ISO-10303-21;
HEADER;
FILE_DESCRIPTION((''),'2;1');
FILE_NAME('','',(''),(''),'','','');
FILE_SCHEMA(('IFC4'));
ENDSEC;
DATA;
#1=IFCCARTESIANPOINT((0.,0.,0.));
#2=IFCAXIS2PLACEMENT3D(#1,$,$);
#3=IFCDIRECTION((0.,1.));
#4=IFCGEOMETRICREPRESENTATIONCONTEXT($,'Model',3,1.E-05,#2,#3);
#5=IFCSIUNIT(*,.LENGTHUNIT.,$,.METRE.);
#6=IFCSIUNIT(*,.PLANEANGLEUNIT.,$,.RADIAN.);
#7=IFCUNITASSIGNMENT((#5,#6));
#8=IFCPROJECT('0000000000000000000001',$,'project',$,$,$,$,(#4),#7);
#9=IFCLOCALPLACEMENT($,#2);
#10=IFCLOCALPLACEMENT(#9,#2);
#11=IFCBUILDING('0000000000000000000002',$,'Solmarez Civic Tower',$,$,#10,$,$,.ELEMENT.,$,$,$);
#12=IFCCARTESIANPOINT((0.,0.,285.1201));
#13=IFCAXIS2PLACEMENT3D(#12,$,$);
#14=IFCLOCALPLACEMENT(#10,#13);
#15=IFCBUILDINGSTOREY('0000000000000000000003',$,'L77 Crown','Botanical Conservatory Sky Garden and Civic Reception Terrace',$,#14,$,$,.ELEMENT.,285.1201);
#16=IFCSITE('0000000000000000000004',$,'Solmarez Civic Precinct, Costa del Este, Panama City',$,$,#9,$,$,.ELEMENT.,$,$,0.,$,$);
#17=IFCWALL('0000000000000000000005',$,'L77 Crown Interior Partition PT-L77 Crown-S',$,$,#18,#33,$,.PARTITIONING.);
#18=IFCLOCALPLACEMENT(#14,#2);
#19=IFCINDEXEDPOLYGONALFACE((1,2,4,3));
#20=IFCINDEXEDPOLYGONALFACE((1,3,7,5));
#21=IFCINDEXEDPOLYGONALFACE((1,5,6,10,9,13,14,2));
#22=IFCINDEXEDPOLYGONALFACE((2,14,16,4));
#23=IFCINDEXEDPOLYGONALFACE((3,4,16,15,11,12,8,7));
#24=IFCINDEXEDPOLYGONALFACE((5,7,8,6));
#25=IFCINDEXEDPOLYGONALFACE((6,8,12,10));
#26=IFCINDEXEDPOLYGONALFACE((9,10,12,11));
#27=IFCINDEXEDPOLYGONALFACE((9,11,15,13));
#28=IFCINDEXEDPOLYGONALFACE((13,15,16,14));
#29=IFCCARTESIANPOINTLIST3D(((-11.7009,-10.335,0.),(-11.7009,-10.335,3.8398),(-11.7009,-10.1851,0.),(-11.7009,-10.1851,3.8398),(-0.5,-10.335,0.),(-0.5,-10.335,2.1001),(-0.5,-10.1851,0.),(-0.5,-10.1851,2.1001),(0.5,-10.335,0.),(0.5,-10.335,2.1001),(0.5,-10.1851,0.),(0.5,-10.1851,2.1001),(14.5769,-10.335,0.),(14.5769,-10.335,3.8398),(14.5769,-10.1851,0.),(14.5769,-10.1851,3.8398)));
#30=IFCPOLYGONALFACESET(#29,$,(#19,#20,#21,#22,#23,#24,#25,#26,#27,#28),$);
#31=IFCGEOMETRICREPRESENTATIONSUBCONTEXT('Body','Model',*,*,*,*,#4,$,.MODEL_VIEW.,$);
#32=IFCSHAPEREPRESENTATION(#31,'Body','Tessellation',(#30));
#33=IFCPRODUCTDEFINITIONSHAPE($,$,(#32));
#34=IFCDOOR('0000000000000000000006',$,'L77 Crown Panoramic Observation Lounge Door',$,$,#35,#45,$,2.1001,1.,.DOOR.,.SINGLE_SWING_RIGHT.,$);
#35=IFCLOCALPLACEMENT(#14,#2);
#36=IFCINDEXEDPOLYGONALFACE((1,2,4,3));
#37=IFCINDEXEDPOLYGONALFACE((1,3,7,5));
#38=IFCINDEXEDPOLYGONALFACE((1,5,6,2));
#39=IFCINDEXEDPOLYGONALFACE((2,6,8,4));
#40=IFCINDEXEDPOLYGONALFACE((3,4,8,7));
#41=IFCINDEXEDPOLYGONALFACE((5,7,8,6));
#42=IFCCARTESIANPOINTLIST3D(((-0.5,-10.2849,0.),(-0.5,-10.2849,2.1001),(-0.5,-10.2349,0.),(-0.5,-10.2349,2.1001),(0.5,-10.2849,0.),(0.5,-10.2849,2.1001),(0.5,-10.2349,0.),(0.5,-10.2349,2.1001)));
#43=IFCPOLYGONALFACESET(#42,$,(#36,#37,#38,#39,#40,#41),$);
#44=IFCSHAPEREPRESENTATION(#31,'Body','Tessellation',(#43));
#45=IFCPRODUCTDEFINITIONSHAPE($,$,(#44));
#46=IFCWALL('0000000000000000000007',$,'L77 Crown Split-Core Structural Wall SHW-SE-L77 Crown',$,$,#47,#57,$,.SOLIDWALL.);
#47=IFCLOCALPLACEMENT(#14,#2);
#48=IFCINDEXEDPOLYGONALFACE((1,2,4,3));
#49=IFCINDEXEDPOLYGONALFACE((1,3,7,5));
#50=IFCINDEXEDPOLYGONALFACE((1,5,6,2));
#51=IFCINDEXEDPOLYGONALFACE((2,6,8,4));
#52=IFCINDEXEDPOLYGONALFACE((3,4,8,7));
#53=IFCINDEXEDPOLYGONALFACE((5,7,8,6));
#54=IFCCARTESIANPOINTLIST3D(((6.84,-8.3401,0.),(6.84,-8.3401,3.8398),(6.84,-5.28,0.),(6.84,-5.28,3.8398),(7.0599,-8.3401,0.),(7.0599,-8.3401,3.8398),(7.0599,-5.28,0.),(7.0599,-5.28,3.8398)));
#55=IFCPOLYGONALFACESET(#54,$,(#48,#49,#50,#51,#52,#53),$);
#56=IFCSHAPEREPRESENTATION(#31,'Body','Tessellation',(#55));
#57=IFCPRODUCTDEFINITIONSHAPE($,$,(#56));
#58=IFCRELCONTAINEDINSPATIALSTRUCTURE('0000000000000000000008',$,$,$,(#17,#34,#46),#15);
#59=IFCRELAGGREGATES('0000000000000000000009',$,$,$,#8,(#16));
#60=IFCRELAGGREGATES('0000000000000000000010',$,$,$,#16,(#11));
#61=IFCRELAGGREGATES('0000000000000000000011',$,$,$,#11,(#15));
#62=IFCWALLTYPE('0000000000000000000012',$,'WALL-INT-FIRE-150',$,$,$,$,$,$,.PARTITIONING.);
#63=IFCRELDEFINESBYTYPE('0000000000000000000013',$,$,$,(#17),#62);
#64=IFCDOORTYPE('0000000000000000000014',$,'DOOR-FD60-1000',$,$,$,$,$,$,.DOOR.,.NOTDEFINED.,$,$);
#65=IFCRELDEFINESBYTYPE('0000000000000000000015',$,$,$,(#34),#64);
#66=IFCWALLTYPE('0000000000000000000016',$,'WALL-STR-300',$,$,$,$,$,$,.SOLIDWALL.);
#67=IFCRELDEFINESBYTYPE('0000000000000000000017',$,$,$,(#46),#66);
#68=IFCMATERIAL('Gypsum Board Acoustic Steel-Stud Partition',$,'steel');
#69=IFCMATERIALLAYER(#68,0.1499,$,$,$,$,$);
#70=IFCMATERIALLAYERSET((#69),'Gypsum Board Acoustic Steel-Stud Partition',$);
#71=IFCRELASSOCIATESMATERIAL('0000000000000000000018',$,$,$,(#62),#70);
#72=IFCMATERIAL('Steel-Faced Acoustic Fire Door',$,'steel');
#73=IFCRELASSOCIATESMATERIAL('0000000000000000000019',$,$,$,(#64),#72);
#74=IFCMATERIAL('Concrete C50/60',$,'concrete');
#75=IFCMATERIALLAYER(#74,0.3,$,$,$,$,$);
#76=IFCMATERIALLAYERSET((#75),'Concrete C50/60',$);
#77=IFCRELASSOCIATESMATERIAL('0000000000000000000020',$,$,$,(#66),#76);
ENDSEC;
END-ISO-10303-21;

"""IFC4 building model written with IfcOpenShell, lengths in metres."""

from ifc_helpers import new_model, si_unit, direction, frame, frame_2d, origin, place, context, subcontext, project, spatial, rectangle, extrude, material, layer, layer_set, type_object, element, fill, save


model = new_model("IFC4")

# Units and contexts
model_context = context("Model", 3, precision=1e-05, world=origin(), true_north=direction((0.0, 1.0)))
body_context = subcontext(model_context, "Body", "Model", "MODEL_VIEW")
ifc_project = project(units=[si_unit("LENGTHUNIT", "METRE"), si_unit("PLANEANGLEUNIT", "RADIAN")], contexts=[model_context])

# Site, building, storey
site_placement = place(None, origin())
site = spatial("IfcSite", under=ifc_project, at=site_placement, Name="Solmarez Civic Precinct, Costa del Este, Panama City", CompositionType="ELEMENT", RefElevation=0.0)
building_placement = place(site_placement, origin())
building = spatial("IfcBuilding", under=site, at=building_placement, Name="Solmarez Civic Tower", CompositionType="ELEMENT")
storey_placement = place(building_placement, frame((0.0, 0.0, 285.1201)))
storey = spatial("IfcBuildingStorey", under=building, at=storey_placement, Name="L77 Crown", Description="Botanical Conservatory Sky Garden and Civic Reception Terrace", CompositionType="ELEMENT", Elevation=285.1201)

# Shared definitions
ifc_material_1 = material(Name="Concrete C50/60", Category="concrete")

# Shared definitions
ifc_material_2 = material(Name="Gypsum Board Acoustic Steel-Stud Partition", Category="steel")
ifc_layer_1 = layer(ifc_material_2, 0.1499)
ifc_layer_set_1 = layer_set([ifc_layer_1], Name="Gypsum Board Acoustic Steel-Stud Partition")
wall_type_1 = type_object("IfcWallType", Name="WALL-INT-FIRE-150", PredefinedType="PARTITIONING", material=ifc_layer_set_1)

# Wall, opening, door
wall_1_placement = place(storey_placement, frame((14.5769, -10.26, 0.0), z_axis=(0.0, 0.0, 1.0), x_axis=(-1.0, 0.0, 0.0)))
wall_1 = element("IfcWall", 1, at=wall_1_placement, inside=storey, type_object=wall_type_1, Name="L77 Crown Interior Partition PT-L77 Crown-S", PredefinedType="PARTITIONING", context=body_context, shape_type="SweptSolid", body=[
    extrude(rectangle(XDim=26.2778, YDim=0.1499, at=frame_2d((13.1389, 0.0))), origin(), (0.0, 0.0, 1.0), 3.8398),
])
opening_1_placement = place(wall_1_placement, frame((14.0769, 0.0, 0.0)))
opening_1 = element("IfcOpeningElement", 2, at=opening_1_placement, cuts=wall_1, PredefinedType="OPENING", context=body_context, shape_type="SweptSolid", body=[
    extrude(rectangle(XDim=1.0, YDim=2.1001, at=frame_2d((0.5, 1.05))), frame((0.0, 0.085, 0.0), z_axis=(0.0, -1.0, 0.0), x_axis=(1.0, 0.0, 0.0)), (0.0, 0.0, 1.0), 0.1699),
])
ifc_material_3 = material(Name="Steel-Faced Acoustic Fire Door", Category="steel")
door_type = type_object("IfcDoorType", Name="DOOR-FD60-1000", OperationType="NOTDEFINED", PredefinedType="DOOR", material=ifc_material_3)
door_placement = place(opening_1_placement, origin())
door = element("IfcDoor", 3, at=door_placement, inside=storey, type_object=door_type, Name="L77 Crown Panoramic Observation Lounge Door", OperationType="SINGLE_SWING_RIGHT", OverallHeight=2.1001, OverallWidth=1.0, PredefinedType="DOOR", context=body_context, shape_type="SweptSolid", body=[
    extrude(rectangle(XDim=1.0, YDim=2.1001, at=frame_2d((0.5, 1.05))), frame((0.0, 0.0249, 0.0), z_axis=(0.0, -1.0, 0.0), x_axis=(1.0, 0.0, 0.0)), (0.0, 0.0, 1.0), 0.05),
])
fill(opening_1, door)

# Wall
ifc_layer_2 = layer(ifc_material_1, 0.3)
ifc_layer_set_2 = layer_set([ifc_layer_2], Name="Concrete C50/60")
wall_type_2 = type_object("IfcWallType", Name="WALL-STR-300", PredefinedType="SOLIDWALL", material=ifc_layer_set_2)
wall_2_placement = place(storey_placement, frame((6.95, -8.3401, 0.0), z_axis=(0.0, 0.0, 1.0), x_axis=(0.0, 1.0, 0.0)))
element("IfcWall", 4, at=wall_2_placement, inside=storey, type_object=wall_type_2, Name="L77 Crown Split-Core Structural Wall SHW-SE-L77 Crown", PredefinedType="SOLIDWALL", context=body_context, shape_type="SweptSolid", body=[
    extrude(rectangle(XDim=3.0601, YDim=0.22, at=frame_2d((1.53, 0.0))), origin(), (0.0, 0.0, 1.0), 3.8398),
])

save(model, "model.ifc")
